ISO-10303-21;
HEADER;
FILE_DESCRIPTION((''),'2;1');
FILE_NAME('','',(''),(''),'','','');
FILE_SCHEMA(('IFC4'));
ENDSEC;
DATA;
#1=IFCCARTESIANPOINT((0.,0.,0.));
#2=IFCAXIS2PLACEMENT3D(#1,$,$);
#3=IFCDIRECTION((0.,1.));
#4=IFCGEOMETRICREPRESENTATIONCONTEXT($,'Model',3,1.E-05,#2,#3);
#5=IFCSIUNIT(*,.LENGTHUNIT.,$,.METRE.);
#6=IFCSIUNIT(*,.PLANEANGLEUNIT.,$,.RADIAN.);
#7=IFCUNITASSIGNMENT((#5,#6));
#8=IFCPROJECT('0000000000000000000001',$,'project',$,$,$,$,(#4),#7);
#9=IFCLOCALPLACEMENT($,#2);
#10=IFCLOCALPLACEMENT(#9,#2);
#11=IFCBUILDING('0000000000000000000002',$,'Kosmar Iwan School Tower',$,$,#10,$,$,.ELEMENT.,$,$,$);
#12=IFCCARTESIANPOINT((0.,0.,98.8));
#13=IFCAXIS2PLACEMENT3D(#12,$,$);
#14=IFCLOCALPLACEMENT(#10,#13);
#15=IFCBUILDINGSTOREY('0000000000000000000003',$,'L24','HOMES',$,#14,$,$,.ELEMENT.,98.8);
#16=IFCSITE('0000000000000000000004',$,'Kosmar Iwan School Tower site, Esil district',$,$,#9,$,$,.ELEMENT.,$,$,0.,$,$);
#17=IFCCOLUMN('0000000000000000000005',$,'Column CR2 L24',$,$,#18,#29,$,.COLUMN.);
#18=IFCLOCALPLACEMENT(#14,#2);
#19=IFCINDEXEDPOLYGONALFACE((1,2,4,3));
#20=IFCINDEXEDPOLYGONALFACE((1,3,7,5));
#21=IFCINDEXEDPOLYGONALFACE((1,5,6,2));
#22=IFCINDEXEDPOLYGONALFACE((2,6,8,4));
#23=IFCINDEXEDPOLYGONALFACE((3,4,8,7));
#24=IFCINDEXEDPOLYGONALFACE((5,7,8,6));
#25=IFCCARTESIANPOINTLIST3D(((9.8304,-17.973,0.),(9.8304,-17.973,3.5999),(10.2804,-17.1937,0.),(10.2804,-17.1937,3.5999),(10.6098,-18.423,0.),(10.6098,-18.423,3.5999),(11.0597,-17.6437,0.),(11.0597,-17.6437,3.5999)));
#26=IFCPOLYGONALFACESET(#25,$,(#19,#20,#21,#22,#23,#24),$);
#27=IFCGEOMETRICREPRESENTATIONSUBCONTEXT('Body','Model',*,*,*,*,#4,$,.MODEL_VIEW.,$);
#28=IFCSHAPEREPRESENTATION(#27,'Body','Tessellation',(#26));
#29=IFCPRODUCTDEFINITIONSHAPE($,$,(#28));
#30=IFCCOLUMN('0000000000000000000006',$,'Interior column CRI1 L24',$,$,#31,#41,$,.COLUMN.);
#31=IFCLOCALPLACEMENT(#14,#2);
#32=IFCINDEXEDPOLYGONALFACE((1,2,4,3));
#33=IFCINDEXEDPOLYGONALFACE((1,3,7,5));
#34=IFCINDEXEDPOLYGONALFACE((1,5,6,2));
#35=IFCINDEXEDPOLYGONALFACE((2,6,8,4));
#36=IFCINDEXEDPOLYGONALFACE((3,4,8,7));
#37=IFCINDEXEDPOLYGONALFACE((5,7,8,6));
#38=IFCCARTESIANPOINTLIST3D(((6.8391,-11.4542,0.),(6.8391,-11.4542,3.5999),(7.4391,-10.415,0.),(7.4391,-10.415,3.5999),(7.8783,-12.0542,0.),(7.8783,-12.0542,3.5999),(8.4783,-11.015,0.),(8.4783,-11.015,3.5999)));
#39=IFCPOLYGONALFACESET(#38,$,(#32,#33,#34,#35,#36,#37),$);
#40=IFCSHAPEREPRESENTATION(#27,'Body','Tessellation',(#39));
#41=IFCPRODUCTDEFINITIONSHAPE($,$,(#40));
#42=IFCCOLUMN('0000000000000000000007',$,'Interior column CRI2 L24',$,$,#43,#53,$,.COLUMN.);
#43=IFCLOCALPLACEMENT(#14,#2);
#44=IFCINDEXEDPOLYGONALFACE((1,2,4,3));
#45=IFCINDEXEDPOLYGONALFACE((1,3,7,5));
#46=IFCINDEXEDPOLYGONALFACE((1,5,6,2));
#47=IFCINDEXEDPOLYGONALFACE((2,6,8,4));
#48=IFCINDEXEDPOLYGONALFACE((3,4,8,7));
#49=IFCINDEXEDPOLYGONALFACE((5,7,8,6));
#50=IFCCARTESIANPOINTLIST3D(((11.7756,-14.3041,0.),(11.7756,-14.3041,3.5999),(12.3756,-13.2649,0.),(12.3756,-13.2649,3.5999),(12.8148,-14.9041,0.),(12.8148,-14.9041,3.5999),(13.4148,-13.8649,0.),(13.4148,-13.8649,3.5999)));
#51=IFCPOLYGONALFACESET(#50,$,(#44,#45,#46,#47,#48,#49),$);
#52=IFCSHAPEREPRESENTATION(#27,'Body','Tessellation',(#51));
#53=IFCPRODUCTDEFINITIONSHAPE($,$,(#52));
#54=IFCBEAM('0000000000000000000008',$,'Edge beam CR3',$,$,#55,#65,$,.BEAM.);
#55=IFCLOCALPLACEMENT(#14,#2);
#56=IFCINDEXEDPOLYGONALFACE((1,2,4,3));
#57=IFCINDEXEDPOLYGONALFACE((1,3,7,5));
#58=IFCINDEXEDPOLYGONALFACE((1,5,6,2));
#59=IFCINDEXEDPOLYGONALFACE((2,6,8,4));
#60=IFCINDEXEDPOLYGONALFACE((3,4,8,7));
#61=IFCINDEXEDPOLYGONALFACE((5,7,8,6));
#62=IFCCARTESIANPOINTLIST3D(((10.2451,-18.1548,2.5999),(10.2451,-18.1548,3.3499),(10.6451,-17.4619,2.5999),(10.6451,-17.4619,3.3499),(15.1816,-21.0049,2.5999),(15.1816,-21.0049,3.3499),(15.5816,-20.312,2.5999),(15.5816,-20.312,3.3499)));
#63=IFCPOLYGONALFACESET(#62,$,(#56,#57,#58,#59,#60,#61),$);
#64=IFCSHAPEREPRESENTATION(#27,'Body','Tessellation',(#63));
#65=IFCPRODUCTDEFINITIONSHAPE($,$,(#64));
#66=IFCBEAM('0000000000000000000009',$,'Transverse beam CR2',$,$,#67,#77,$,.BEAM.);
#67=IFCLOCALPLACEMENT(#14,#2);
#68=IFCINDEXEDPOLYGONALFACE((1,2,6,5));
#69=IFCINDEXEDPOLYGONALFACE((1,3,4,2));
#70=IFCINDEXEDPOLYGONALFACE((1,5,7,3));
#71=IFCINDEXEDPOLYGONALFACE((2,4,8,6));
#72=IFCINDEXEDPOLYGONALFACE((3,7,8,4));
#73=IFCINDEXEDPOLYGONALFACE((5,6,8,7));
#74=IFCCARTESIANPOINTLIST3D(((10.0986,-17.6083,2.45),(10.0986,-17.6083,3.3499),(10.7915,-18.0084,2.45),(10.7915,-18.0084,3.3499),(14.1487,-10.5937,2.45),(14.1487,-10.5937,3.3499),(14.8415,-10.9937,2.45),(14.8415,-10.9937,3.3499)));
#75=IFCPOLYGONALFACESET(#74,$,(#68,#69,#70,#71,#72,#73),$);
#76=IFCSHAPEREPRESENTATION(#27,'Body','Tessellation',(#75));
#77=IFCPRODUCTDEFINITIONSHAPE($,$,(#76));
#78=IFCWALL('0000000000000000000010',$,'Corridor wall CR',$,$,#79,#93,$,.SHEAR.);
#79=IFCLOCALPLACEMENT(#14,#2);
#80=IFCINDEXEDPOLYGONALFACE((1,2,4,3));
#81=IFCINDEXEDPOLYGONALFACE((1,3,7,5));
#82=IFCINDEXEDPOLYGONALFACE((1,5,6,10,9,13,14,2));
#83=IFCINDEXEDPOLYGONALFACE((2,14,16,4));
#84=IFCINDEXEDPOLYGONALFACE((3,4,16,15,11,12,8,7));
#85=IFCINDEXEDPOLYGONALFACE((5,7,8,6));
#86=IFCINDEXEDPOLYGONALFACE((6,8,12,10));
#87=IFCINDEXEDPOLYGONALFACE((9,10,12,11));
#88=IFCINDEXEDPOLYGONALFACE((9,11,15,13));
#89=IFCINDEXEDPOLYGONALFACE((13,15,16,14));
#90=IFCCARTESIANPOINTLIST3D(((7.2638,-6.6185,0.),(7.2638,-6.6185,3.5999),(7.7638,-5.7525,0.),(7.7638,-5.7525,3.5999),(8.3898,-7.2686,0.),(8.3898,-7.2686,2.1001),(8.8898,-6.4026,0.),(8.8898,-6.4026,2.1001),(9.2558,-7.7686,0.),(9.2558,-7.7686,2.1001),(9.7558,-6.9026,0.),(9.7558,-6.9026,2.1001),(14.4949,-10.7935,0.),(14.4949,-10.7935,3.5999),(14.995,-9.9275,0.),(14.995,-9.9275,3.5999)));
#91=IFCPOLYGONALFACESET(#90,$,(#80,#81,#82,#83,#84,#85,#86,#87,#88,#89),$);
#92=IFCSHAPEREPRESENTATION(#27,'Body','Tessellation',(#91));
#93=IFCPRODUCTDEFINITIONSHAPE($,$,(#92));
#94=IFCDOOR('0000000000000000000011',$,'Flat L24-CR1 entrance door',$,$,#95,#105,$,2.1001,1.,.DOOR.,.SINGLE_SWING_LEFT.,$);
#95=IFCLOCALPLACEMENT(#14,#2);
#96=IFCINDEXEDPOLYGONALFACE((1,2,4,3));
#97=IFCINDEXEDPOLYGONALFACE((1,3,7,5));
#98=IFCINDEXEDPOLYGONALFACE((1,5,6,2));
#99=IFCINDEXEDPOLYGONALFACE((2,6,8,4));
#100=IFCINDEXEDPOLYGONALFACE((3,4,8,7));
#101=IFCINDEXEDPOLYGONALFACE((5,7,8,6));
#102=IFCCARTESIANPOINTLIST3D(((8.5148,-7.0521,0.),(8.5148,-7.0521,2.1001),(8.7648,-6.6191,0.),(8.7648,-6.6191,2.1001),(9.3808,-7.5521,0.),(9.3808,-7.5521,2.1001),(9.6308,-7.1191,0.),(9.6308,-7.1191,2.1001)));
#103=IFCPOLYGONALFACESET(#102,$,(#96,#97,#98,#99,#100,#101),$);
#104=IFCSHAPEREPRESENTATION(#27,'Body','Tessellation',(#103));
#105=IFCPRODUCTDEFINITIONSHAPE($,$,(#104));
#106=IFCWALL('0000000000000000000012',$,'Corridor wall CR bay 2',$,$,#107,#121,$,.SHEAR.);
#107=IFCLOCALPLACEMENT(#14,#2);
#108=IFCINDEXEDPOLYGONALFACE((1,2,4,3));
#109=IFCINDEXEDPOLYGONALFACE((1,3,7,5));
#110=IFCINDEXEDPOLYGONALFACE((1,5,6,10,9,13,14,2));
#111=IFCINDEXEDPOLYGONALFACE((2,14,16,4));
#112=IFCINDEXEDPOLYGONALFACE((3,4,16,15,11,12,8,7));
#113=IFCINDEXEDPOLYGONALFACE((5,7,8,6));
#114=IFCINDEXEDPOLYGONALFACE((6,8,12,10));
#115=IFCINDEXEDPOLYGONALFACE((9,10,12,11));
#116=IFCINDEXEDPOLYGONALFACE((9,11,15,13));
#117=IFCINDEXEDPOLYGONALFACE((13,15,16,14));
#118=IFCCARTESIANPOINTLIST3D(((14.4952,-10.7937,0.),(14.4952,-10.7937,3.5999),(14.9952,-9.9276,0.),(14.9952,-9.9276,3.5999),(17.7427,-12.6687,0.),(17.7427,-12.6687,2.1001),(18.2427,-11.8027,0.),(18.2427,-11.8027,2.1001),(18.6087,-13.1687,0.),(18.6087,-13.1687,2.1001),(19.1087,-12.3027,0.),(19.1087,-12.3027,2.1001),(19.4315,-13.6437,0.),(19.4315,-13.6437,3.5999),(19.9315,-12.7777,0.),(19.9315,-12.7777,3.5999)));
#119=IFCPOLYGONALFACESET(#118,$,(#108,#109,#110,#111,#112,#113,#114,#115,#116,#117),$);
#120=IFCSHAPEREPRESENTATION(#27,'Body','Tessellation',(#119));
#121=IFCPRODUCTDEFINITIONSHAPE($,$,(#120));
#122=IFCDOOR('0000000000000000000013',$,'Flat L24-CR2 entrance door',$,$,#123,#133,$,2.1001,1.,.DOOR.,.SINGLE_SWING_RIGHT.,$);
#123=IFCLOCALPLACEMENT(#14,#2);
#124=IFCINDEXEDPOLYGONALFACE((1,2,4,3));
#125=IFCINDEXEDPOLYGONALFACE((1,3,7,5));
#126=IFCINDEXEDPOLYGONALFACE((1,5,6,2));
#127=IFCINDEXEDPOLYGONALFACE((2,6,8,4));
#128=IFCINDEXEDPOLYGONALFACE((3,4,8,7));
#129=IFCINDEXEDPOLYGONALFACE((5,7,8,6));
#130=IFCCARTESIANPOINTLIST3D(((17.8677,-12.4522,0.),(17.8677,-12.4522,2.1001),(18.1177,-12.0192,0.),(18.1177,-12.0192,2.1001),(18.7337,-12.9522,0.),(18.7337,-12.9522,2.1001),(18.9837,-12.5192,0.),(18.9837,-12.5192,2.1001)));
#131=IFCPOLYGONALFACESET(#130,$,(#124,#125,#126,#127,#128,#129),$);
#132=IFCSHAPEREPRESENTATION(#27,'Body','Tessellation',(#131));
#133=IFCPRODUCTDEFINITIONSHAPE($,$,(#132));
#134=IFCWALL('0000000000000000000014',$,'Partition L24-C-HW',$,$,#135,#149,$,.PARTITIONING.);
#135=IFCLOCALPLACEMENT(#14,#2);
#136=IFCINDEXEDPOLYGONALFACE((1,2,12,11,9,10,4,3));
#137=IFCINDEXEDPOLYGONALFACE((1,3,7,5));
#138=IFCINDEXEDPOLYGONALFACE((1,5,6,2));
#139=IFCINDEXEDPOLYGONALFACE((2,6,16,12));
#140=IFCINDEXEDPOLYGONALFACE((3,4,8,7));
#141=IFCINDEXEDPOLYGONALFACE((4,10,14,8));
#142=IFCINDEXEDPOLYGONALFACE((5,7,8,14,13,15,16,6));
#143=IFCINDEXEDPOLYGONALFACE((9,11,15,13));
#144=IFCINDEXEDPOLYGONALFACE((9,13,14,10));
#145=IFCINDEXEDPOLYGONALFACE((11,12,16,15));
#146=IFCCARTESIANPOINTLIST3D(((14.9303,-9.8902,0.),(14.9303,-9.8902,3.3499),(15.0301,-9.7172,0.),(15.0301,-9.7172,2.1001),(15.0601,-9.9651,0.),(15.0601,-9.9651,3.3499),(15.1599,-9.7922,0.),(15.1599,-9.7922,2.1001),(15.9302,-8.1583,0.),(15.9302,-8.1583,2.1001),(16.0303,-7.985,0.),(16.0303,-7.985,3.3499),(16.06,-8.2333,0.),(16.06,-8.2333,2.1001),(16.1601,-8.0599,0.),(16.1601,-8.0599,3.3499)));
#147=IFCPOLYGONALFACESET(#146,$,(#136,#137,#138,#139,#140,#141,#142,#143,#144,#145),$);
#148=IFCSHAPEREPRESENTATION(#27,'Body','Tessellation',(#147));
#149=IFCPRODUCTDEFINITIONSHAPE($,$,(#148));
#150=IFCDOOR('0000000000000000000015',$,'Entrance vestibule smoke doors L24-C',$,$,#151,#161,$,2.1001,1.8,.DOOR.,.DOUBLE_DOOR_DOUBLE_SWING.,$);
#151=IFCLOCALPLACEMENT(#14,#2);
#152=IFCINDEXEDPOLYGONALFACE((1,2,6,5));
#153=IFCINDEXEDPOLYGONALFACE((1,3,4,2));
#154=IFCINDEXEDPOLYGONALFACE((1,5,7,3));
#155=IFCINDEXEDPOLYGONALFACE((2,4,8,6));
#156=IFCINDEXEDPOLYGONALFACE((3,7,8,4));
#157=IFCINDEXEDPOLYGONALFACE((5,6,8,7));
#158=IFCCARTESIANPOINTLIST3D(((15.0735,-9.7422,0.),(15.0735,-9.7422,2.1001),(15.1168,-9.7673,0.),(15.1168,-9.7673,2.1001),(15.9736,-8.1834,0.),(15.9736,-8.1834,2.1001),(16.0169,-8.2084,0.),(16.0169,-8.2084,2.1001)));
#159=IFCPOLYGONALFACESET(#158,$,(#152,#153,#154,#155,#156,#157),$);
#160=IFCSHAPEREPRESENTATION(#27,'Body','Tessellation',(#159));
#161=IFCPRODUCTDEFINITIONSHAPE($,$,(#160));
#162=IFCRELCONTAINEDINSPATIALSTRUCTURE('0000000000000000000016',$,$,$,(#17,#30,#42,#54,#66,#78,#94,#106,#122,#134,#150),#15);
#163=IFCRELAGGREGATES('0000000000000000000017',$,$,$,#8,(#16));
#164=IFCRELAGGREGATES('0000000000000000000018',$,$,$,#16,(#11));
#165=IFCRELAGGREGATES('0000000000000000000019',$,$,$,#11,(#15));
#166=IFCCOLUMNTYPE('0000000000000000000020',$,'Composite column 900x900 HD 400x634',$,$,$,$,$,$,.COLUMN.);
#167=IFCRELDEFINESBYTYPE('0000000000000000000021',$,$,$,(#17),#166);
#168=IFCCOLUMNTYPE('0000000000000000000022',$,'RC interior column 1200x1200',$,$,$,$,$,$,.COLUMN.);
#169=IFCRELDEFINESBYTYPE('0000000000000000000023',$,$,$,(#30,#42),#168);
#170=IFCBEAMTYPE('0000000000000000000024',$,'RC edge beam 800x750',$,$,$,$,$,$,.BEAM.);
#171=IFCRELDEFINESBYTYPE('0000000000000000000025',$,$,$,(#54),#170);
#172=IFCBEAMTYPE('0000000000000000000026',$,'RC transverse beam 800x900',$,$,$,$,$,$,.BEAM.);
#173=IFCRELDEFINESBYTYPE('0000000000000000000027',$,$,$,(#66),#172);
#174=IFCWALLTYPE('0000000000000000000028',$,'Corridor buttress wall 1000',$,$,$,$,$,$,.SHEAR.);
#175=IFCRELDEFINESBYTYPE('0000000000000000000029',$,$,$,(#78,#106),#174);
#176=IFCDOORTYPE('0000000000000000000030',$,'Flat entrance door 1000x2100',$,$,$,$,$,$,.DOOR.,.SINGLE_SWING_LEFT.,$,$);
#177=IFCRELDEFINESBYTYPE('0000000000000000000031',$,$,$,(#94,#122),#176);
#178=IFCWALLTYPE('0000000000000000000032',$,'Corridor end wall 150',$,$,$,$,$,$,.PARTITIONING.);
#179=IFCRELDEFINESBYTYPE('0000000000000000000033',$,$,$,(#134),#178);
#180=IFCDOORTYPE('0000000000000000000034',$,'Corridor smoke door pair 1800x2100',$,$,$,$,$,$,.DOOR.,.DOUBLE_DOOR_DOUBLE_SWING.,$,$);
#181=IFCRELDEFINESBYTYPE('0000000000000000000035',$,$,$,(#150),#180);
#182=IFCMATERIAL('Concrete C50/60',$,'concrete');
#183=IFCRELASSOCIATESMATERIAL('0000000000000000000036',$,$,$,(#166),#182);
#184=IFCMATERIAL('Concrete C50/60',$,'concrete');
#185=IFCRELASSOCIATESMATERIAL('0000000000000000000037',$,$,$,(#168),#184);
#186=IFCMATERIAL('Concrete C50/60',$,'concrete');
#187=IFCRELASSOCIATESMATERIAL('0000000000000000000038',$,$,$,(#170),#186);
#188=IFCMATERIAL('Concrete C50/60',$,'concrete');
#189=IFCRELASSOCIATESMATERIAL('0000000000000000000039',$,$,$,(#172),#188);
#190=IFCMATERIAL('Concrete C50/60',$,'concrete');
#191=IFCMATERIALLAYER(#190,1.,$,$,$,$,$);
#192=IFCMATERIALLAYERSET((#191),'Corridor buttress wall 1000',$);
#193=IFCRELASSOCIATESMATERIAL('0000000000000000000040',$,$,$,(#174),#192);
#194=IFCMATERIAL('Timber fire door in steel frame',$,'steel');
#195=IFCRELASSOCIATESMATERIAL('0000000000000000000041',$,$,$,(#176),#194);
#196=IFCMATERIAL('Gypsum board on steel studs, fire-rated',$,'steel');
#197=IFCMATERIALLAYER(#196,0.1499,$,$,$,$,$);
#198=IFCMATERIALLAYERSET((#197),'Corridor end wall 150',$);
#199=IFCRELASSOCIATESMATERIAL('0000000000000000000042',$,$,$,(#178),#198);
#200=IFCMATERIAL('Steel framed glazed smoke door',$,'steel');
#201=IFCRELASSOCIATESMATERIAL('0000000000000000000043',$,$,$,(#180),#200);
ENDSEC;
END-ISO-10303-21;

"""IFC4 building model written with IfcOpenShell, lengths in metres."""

from ifc_helpers import new_model, si_unit, direction, frame, frame_2d, origin, origin_2d, place, context, subcontext, project, spatial, rectangle, extrude, material, layer, layer_set, material_profile, profile_set, type_object, element, fill, save


model = new_model("IFC4")

# Units and contexts
model_context = context("Model", 3, precision=1e-05, world=origin(), true_north=direction((0.0, 1.0)))
body_context = subcontext(model_context, "Body", "Model", "MODEL_VIEW")
ifc_project = project(units=[si_unit("LENGTHUNIT", "METRE"), si_unit("PLANEANGLEUNIT", "RADIAN")], contexts=[model_context])

# Site, building, storey
site_placement = place(None, origin())
site = spatial("IfcSite", under=ifc_project, at=site_placement, Name="Kosmar Iwan School Tower site, Esil district", CompositionType="ELEMENT", RefElevation=0.0)
building_placement = place(site_placement, origin())
building = spatial("IfcBuilding", under=site, at=building_placement, Name="Kosmar Iwan School Tower", CompositionType="ELEMENT")
storey_placement = place(building_placement, frame((0.0, 0.0, 98.8)))
storey = spatial("IfcBuildingStorey", under=building, at=storey_placement, Name="L24", Description="HOMES", CompositionType="ELEMENT", Elevation=98.8)

# Columns
ifc_material_1 = material(Name="Concrete C50/60", Category="concrete")
ifc_material_profile_1 = material_profile(ifc_material_1, rectangle(XDim=0.8999, YDim=0.8999, at=origin_2d()), Name="RC 900x900 + HD 400x634")
ifc_profile_set_1 = profile_set([ifc_material_profile_1], Name="Concrete C50/60")
column_type_1 = type_object("IfcColumnType", Name="Composite column 900x900 HD 400x634", PredefinedType="COLUMN", material=ifc_profile_set_1)
column_placement = place(storey_placement, frame((10.4451, -17.8083, 0.0), z_axis=(0.0, 0.0, 1.0), x_axis=(0.866025, -0.5, 0.0)))
element("IfcColumn", 1, at=column_placement, inside=storey, type_object=column_type_1, Name="Column CR2 L24", PredefinedType="COLUMN", context=body_context, shape_type="SweptSolid", body=[
    extrude(rectangle(XDim=0.8999, YDim=0.8999, at=origin_2d()), origin(), (0.0, 0.0, 1.0), 3.5999),
])
ifc_material_2 = material(Name="Concrete C50/60", Category="concrete")
ifc_material_profile_2 = material_profile(ifc_material_2, rectangle(XDim=1.2, YDim=1.2, at=origin_2d()), Name="RC 1200x1200")
ifc_profile_set_2 = profile_set([ifc_material_profile_2], Name="Concrete C50/60")
column_type_2 = type_object("IfcColumnType", Name="RC interior column 1200x1200", PredefinedType="COLUMN", material=ifc_profile_set_2)
for number, where, z_axis, x_axis, name in (
    (2, (7.6587, -11.2346, 0.0), (0.0, 0.0, 1.0), (0.866025, -0.5, 0.0), "Interior column CRI1 L24"),
    (3, (12.5952, -14.0845, 0.0), (0.0, 0.0, 1.0), (0.866025, -0.5, 0.0), "Interior column CRI2 L24"),
):
    element("IfcColumn", number, at=place(storey_placement, frame(where, z_axis=z_axis, x_axis=x_axis)), inside=storey, type_object=column_type_2, Name=name, PredefinedType="COLUMN", context=body_context, shape_type="SweptSolid", body=[
        extrude(rectangle(XDim=1.2, YDim=1.2, at=origin_2d()), origin(), (0.0, 0.0, 1.0), 3.5999),
    ])

# Beams
ifc_material_3 = material(Name="Concrete C50/60", Category="concrete")
ifc_material_profile_3 = material_profile(ifc_material_3, rectangle(XDim=0.8, YDim=0.75, at=origin_2d()), Name="RC 800x750")
ifc_profile_set_3 = profile_set([ifc_material_profile_3], Name="Concrete C50/60")
beam_type_1 = type_object("IfcBeamType", Name="RC edge beam 800x750", PredefinedType="BEAM", material=ifc_profile_set_3)
beam_1_placement = place(storey_placement, frame((10.4451, -17.8083, 2.9749), z_axis=(0.866026, -0.499999, 0.0), x_axis=(0.499999, 0.866026, 0.0)))
element("IfcBeam", 4, at=beam_1_placement, inside=storey, type_object=beam_type_1, Name="Edge beam CR3", PredefinedType="BEAM", context=body_context, shape_type="SweptSolid", body=[
    extrude(rectangle(XDim=0.8, YDim=0.75, at=origin_2d()), origin(), (0.0, 0.0, 1.0), 5.7002),
])
ifc_material_4 = material(Name="Concrete C50/60", Category="concrete")
ifc_material_profile_4 = material_profile(ifc_material_4, rectangle(XDim=0.8, YDim=0.8999, at=origin_2d()), Name="RC 800x900")
ifc_profile_set_4 = profile_set([ifc_material_profile_4], Name="Concrete C50/60")
beam_type_2 = type_object("IfcBeamType", Name="RC transverse beam 800x900", PredefinedType="BEAM", material=ifc_profile_set_4)
beam_2_placement = place(storey_placement, frame((10.4451, -17.8083, 2.8999), z_axis=(0.500013, 0.866018, 0.0), x_axis=(-0.866018, 0.500013, 0.0)))
element("IfcBeam", 5, at=beam_2_placement, inside=storey, type_object=beam_type_2, Name="Transverse beam CR2", PredefinedType="BEAM", context=body_context, shape_type="SweptSolid", body=[
    extrude(rectangle(XDim=0.8, YDim=0.8999, at=origin_2d()), origin(), (0.0, 0.0, 1.0), 8.0999),
])

# Walls, openings, doors
ifc_material_5 = material(Name="Concrete C50/60", Category="concrete")
ifc_layer_1 = layer(ifc_material_5, 1.0)
ifc_layer_set_1 = layer_set([ifc_layer_1], Name="Corridor buttress wall 1000")
wall_type_1 = type_object("IfcWallType", Name="Corridor buttress wall 1000", PredefinedType="SHEAR", material=ifc_layer_set_1)
wall_1_placement = place(storey_placement, frame((7.5139, -6.1855, 0.0), z_axis=(0.0, 0.0, 1.0), x_axis=(0.86602, -0.50001, 0.0)))
wall_1 = element("IfcWall", 6, at=wall_1_placement, inside=storey, type_object=wall_type_1, Name="Corridor wall CR", PredefinedType="SHEAR", context=body_context, shape_type="SweptSolid", body=[
    extrude(rectangle(XDim=8.3499, YDim=1.0, at=frame_2d((4.1748, 0.0))), origin(), (0.0, 0.0, 1.0), 3.5999),
])
opening_1_placement = place(wall_1_placement, frame((1.3, 0.0, 0.0)))
opening_1 = element("IfcOpeningElement", 7, at=opening_1_placement, cuts=wall_1, PredefinedType="OPENING", context=body_context, shape_type="SweptSolid", body=[
    extrude(rectangle(XDim=1.0, YDim=2.1001, at=frame_2d((0.5, 1.05))), frame((0.0, 0.512, 0.0), z_axis=(0.0, -1.0, 0.0), x_axis=(1.0, 0.0, 0.0)), (0.0, 0.0, 1.0), 1.0239),
])
ifc_material_6 = material(Name="Timber fire door in steel frame", Category="steel")
door_type_1 = type_object("IfcDoorType", Name="Flat entrance door 1000x2100", OperationType="SINGLE_SWING_LEFT", PredefinedType="DOOR", material=ifc_material_6)
door_1_placement = place(opening_1_placement, origin())
door_1 = element("IfcDoor", 8, at=door_1_placement, inside=storey, type_object=door_type_1, Name="Flat L24-CR1 entrance door", OperationType="SINGLE_SWING_LEFT", OverallHeight=2.1001, OverallWidth=1.0, PredefinedType="DOOR", context=body_context, shape_type="SweptSolid", body=[
    extrude(rectangle(XDim=1.0, YDim=2.1001, at=frame_2d((0.5, 1.05))), frame((0.0, 0.25, 0.0), z_axis=(0.0, -1.0, 0.0), x_axis=(1.0, 0.0, 0.0)), (0.0, 0.0, 1.0), 0.5),
])
fill(opening_1, door_1)
wall_2_placement = place(storey_placement, frame((14.7451, -10.3606, 0.0), z_axis=(0.0, 0.0, 1.0), x_axis=(0.866015, -0.500018, 0.0)))
wall_2 = element("IfcWall", 9, at=wall_2_placement, inside=storey, type_object=wall_type_1, Name="Corridor wall CR bay 2", PredefinedType="SHEAR", context=body_context, shape_type="SweptSolid", body=[
    extrude(rectangle(XDim=5.7, YDim=1.0, at=frame_2d((2.8501, 0.0))), origin(), (0.0, 0.0, 1.0), 3.5999),
])
opening_2_placement = place(wall_2_placement, frame((3.75, 0.0, 0.0)))
opening_2 = element("IfcOpeningElement", 10, at=opening_2_placement, cuts=wall_2, PredefinedType="OPENING", context=body_context, shape_type="SweptSolid", body=[
    extrude(rectangle(XDim=1.0, YDim=2.1001, at=frame_2d((0.5, 1.05))), frame((0.0, 0.512, 0.0), z_axis=(0.0, -1.0, 0.0), x_axis=(1.0, 0.0, 0.0)), (0.0, 0.0, 1.0), 1.0239),
])
door_2_placement = place(opening_2_placement, origin())
door_2 = element("IfcDoor", 11, at=door_2_placement, inside=storey, type_object=door_type_1, Name="Flat L24-CR2 entrance door", OperationType="SINGLE_SWING_RIGHT", OverallHeight=2.1001, OverallWidth=1.0, PredefinedType="DOOR", context=body_context, shape_type="SweptSolid", body=[
    extrude(rectangle(XDim=1.0, YDim=2.1001, at=frame_2d((0.5, 1.05))), frame((0.0, 0.25, 0.0), z_axis=(0.0, -1.0, 0.0), x_axis=(1.0, 0.0, 0.0)), (0.0, 0.0, 1.0), 0.5),
])
fill(opening_2, door_2)
ifc_material_7 = material(Name="Gypsum board on steel studs, fire-rated", Category="steel")
ifc_layer_2 = layer(ifc_material_7, 0.1499)
ifc_layer_set_2 = layer_set([ifc_layer_2], Name="Corridor end wall 150")
wall_type_2 = type_object("IfcWallType", Name="Corridor end wall 150", PredefinedType="PARTITIONING", material=ifc_layer_set_2)
wall_3_placement = place(storey_placement, frame((14.9951, -9.9277, 0.0), z_axis=(0.0, 0.0, 1.0), x_axis=(0.50003, 0.866008, 0.0)))
wall_3 = element("IfcWall", 12, at=wall_3_placement, inside=storey, type_object=wall_type_2, Name="Partition L24-C-HW", PredefinedType="PARTITIONING", context=body_context, shape_type="SweptSolid", body=[
    extrude(rectangle(XDim=2.2, YDim=0.1499, at=frame_2d((1.1001, 0.0))), origin(), (0.0, 0.0, 1.0), 3.3499),
])
opening_3_placement = place(wall_3_placement, frame((0.2, 0.0, 0.0)))
opening_3 = element("IfcOpeningElement", 13, at=opening_3_placement, cuts=wall_3, PredefinedType="OPENING", context=body_context, shape_type="SweptSolid", body=[
    extrude(rectangle(XDim=1.8, YDim=2.1001, at=frame_2d((0.8999, 1.05))), frame((0.0, 0.0869, 0.0), z_axis=(0.0, -1.0, 0.0), x_axis=(1.0, 0.0, 0.0)), (0.0, 0.0, 1.0), 0.1738),
])
ifc_material_8 = material(Name="Steel framed glazed smoke door", Category="steel")
door_type_2 = type_object("IfcDoorType", Name="Corridor smoke door pair 1800x2100", OperationType="DOUBLE_DOOR_DOUBLE_SWING", PredefinedType="DOOR", material=ifc_material_8)
door_3_placement = place(opening_3_placement, origin())
door_3 = element("IfcDoor", 14, at=door_3_placement, inside=storey, type_object=door_type_2, Name="Entrance vestibule smoke doors L24-C", OperationType="DOUBLE_DOOR_DOUBLE_SWING", OverallHeight=2.1001, OverallWidth=1.8, PredefinedType="DOOR", context=body_context, shape_type="SweptSolid", body=[
    extrude(rectangle(XDim=1.8, YDim=2.1001, at=frame_2d((0.8999, 1.05))), frame((0.0, 0.0249, 0.0), z_axis=(0.0, -1.0, 0.0), x_axis=(1.0, 0.0, 0.0)), (0.0, 0.0, 1.0), 0.05),
])
fill(opening_3, door_3)

save(model, "model.ifc")
